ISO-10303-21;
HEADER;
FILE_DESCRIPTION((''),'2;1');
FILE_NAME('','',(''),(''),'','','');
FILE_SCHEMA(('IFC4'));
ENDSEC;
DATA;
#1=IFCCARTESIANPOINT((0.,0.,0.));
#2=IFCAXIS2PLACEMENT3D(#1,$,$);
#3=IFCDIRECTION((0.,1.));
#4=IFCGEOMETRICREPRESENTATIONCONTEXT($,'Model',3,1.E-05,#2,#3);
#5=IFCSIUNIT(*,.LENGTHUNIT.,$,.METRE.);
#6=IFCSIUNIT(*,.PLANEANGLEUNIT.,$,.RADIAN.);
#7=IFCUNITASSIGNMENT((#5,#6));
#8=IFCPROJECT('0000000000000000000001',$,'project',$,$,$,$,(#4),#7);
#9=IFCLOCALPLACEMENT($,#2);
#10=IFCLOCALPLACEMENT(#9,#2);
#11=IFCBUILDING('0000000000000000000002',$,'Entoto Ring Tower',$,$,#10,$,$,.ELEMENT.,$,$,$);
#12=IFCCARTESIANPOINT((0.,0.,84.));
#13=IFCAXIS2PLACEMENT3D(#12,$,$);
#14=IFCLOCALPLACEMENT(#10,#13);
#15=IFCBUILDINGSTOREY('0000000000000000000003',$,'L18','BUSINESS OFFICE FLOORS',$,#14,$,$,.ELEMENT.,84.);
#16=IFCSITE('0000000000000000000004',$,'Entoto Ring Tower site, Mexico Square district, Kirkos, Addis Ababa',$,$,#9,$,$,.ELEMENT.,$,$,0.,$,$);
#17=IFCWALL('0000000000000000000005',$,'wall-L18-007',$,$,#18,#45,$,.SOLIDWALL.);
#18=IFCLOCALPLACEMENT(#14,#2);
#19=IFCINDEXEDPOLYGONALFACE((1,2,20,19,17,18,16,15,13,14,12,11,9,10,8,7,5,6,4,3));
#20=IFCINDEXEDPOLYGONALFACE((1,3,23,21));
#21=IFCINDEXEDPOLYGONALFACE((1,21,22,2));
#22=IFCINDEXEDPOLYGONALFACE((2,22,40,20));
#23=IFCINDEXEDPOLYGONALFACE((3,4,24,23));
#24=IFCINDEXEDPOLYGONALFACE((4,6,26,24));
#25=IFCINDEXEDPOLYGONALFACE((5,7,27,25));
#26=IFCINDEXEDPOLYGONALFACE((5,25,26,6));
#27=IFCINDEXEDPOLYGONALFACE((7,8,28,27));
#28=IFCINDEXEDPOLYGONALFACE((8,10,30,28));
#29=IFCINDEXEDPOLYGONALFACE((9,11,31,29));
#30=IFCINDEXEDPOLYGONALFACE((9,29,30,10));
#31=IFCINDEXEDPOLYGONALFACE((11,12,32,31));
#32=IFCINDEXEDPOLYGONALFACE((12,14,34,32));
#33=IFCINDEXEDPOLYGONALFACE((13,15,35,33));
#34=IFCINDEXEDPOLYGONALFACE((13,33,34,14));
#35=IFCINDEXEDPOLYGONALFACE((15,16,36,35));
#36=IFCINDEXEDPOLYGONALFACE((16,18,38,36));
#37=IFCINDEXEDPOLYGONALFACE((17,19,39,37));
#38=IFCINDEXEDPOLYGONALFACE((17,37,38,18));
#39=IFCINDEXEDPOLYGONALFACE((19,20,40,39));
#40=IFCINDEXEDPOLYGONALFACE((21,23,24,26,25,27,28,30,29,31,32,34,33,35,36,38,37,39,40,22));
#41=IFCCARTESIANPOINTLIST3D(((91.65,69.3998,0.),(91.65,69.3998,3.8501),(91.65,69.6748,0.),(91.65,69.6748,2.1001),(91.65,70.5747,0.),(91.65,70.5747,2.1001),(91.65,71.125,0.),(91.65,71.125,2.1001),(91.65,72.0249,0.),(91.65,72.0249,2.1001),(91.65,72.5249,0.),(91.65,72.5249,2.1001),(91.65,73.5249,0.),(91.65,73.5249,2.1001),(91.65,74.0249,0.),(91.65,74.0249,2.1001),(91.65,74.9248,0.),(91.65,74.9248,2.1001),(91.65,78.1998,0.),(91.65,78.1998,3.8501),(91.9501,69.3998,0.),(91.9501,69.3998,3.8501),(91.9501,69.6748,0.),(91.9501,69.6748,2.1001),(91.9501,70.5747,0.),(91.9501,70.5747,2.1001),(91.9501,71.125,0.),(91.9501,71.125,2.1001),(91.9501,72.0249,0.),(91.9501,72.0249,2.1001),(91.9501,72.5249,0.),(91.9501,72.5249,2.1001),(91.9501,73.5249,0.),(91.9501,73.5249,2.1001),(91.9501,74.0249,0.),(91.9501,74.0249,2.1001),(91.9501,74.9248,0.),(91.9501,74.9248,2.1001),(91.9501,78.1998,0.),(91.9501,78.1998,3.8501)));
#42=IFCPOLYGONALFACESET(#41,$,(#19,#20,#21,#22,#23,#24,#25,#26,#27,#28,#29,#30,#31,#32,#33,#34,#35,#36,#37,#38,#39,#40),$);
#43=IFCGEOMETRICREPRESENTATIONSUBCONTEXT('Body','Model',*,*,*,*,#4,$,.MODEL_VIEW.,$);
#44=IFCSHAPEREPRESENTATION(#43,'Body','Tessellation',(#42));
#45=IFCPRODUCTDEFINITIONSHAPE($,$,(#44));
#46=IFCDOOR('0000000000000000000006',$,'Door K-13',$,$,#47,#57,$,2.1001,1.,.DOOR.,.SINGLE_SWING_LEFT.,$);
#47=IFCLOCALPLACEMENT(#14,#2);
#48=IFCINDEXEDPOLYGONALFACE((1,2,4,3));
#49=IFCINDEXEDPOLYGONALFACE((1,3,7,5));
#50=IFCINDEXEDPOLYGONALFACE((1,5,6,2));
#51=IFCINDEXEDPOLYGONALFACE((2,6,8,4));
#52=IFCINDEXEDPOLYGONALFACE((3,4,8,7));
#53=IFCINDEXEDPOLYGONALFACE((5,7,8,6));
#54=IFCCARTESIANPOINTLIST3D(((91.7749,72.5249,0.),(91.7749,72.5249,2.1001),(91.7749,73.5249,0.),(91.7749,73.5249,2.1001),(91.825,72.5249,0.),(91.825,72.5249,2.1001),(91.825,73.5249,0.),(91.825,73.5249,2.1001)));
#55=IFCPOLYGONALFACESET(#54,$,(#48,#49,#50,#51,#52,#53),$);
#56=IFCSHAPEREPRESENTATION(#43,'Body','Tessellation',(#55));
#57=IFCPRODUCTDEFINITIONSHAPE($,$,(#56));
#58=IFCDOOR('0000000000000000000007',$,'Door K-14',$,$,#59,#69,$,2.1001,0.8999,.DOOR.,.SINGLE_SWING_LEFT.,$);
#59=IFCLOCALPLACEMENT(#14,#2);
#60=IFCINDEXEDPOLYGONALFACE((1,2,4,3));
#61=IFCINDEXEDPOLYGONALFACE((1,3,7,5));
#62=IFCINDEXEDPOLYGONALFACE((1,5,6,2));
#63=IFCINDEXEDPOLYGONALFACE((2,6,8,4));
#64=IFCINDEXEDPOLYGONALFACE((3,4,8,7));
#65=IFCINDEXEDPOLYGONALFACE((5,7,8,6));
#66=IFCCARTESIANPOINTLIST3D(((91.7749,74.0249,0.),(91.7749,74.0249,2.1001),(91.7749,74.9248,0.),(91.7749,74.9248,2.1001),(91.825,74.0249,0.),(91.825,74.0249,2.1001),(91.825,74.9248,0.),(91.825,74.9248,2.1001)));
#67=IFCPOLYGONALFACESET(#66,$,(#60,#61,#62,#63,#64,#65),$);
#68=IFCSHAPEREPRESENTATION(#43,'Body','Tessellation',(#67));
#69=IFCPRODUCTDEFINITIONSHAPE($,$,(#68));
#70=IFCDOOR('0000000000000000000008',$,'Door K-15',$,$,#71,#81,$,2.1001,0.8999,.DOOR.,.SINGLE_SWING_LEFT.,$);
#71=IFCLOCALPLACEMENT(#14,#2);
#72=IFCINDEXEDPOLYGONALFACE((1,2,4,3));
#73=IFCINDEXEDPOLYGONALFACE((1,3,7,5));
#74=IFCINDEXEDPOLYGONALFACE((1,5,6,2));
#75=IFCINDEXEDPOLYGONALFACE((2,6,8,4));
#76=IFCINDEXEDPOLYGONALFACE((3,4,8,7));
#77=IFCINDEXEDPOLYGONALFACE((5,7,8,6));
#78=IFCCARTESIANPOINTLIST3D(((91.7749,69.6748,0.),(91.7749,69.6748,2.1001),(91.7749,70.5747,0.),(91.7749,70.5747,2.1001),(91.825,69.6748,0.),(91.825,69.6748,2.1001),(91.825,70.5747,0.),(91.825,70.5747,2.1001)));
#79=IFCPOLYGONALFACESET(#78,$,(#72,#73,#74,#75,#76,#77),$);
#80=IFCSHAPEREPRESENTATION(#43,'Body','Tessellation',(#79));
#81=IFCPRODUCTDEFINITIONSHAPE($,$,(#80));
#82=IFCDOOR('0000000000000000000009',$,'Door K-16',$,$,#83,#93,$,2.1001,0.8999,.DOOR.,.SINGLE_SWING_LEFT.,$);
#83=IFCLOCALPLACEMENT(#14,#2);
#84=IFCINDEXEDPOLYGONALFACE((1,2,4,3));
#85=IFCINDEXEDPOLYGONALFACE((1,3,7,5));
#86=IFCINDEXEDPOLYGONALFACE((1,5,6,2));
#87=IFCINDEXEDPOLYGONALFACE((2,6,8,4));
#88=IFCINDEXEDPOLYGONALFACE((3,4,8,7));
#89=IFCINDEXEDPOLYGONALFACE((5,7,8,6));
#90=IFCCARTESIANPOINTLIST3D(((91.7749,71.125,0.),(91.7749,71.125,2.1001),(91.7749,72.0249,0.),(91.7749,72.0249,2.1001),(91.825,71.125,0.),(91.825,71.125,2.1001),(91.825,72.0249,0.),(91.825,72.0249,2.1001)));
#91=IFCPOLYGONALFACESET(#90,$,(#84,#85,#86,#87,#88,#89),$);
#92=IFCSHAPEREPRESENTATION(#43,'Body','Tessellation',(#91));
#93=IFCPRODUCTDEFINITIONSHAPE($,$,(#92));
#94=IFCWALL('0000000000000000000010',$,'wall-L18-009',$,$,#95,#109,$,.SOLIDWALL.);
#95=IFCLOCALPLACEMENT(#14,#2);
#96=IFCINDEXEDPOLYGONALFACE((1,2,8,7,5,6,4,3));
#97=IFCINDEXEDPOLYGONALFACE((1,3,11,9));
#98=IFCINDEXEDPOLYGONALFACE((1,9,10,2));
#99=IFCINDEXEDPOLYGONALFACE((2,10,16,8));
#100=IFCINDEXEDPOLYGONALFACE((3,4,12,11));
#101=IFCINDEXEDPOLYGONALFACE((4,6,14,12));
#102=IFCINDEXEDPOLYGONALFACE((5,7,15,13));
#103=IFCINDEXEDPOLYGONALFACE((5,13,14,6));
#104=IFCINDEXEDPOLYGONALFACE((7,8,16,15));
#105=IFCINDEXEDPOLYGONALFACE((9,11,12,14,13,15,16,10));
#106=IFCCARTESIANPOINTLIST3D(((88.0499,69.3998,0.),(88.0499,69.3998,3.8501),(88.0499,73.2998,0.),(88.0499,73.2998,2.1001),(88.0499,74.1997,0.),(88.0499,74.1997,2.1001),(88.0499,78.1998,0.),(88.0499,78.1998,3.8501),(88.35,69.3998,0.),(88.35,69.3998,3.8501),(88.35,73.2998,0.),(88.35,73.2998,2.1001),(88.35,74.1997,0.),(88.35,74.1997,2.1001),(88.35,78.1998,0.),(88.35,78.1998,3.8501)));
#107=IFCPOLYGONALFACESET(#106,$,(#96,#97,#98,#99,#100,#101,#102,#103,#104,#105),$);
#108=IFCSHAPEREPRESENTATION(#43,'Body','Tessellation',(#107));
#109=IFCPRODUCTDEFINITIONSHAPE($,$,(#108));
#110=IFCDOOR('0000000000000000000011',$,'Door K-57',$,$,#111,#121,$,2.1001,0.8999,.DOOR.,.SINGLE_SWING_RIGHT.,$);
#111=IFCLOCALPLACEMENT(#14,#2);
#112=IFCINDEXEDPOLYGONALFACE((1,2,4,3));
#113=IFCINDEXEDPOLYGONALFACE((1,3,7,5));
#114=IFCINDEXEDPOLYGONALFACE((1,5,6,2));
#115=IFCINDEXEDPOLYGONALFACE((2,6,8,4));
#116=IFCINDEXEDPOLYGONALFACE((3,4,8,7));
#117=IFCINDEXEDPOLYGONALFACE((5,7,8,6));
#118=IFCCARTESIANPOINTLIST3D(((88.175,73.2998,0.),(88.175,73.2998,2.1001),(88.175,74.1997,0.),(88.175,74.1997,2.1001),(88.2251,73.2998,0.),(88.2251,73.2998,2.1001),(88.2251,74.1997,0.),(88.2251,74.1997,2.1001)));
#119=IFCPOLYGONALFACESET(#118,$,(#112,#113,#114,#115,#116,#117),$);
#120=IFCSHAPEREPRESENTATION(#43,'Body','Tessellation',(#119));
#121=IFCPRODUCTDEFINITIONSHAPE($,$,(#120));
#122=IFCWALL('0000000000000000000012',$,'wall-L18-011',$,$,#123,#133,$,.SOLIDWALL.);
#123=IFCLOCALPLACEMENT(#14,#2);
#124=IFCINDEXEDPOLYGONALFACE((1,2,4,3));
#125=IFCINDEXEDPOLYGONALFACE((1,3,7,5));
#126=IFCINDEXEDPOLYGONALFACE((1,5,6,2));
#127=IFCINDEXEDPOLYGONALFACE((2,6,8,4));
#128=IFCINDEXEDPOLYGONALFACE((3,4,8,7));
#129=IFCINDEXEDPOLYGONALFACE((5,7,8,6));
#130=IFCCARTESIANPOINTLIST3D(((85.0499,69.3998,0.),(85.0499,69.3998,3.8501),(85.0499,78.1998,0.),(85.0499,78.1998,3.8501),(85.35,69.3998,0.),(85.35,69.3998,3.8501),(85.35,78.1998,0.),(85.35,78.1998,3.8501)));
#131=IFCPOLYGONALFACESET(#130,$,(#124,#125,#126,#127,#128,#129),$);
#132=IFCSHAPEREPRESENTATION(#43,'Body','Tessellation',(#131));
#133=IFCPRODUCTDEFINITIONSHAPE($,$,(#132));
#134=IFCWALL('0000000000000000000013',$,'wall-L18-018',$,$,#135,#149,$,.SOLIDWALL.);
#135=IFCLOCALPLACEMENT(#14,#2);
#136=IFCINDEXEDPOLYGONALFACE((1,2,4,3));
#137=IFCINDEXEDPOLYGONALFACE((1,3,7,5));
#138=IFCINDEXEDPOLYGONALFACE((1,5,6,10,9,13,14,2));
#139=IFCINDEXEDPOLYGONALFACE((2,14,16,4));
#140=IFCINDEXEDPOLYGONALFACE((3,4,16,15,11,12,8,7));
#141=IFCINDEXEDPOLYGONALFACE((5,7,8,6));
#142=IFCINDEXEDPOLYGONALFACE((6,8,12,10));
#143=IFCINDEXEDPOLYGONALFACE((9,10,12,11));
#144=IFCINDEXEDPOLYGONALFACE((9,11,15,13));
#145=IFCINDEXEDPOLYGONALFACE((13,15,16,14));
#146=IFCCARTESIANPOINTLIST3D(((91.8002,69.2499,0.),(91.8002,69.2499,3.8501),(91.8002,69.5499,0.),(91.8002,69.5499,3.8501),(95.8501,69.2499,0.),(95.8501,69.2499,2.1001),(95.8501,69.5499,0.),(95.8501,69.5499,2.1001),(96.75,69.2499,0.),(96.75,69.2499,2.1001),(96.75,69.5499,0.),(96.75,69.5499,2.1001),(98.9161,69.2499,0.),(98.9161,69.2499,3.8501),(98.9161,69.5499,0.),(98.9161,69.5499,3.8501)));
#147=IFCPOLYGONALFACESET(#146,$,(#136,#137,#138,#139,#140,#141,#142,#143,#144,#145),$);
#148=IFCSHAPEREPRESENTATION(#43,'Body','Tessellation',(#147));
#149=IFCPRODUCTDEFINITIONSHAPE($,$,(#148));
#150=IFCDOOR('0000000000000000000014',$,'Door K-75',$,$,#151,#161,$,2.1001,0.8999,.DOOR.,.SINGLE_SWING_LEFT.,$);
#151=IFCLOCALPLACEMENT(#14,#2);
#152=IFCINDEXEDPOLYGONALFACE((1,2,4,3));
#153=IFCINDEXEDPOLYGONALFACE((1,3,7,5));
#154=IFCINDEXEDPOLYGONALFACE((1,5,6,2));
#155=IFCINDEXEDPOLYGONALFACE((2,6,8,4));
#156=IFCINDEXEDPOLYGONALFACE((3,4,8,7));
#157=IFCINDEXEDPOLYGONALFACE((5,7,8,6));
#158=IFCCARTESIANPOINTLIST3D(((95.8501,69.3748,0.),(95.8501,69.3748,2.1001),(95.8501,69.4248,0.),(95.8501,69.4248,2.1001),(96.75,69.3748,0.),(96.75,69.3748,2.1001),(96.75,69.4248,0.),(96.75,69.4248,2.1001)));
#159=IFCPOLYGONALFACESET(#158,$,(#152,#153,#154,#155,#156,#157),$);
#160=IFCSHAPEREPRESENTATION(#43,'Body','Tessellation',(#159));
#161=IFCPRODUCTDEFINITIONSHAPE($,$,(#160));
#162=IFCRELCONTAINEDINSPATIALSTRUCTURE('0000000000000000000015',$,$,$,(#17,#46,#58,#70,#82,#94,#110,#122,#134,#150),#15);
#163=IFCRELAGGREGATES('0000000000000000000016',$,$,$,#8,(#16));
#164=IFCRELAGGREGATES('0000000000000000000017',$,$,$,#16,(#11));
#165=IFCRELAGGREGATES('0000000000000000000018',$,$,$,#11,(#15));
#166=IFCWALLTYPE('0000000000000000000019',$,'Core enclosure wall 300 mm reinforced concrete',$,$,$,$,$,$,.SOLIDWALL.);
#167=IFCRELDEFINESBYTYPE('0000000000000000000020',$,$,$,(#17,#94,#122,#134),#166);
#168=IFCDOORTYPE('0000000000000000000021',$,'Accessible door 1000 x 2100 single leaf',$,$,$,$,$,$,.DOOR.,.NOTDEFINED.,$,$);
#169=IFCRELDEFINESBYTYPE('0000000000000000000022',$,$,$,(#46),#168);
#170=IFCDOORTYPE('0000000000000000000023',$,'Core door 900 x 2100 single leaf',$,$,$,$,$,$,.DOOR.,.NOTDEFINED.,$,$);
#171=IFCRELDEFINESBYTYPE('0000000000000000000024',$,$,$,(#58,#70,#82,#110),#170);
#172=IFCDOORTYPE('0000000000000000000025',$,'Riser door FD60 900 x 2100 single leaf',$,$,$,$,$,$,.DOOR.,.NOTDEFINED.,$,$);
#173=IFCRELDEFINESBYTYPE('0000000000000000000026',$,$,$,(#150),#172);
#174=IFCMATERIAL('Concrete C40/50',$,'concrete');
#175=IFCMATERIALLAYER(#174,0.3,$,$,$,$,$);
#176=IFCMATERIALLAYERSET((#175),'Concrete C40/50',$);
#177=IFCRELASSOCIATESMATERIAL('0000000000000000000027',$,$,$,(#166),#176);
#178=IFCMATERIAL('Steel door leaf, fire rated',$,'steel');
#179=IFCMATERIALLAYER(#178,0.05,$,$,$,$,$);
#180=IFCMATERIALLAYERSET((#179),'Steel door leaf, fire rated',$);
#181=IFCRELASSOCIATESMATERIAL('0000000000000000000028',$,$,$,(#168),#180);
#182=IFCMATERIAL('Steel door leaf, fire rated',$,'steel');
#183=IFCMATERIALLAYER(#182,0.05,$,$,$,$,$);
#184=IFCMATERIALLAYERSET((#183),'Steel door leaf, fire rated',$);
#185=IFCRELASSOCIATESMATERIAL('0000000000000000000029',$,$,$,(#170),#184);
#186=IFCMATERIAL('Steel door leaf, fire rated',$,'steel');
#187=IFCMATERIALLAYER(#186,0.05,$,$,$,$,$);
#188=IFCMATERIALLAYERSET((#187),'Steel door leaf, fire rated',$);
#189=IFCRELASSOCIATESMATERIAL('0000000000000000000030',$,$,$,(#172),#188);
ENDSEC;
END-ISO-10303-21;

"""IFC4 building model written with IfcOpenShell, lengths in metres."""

from ifc_helpers import new_model, si_unit, direction, frame, frame_2d, origin, place, context, subcontext, project, spatial, rectangle, extrude, material, layer, layer_set, type_object, element, fill, save


model = new_model("IFC4")

# Units and contexts
model_context = context("Model", 3, precision=1e-05, world=origin(), true_north=direction((0.0, 1.0)))
body_context = subcontext(model_context, "Body", "Model", "MODEL_VIEW")
ifc_project = project(units=[si_unit("LENGTHUNIT", "METRE"), si_unit("PLANEANGLEUNIT", "RADIAN")], contexts=[model_context])

# Site, building, storey
site_placement = place(None, origin())
site = spatial("IfcSite", under=ifc_project, at=site_placement, Name="Entoto Ring Tower site, Mexico Square district, Kirkos, Addis Ababa", CompositionType="ELEMENT", RefElevation=0.0)
building_placement = place(site_placement, origin())
building = spatial("IfcBuilding", under=site, at=building_placement, Name="Entoto Ring Tower", CompositionType="ELEMENT")
storey_placement = place(building_placement, frame((0.0, 0.0, 84.0)))
storey = spatial("IfcBuildingStorey", under=building, at=storey_placement, Name="L18", Description="BUSINESS OFFICE FLOORS", CompositionType="ELEMENT", Elevation=84.0)

# Shared definitions
ifc_material_1 = material(Name="Concrete C40/50", Category="concrete")
ifc_layer_1 = layer(ifc_material_1, 0.3)
ifc_layer_set_1 = layer_set([ifc_layer_1], Name="Concrete C40/50")
wall_type_1 = type_object("IfcWallType", Name="Core enclosure wall 300 mm reinforced concrete", PredefinedType="SOLIDWALL", material=ifc_layer_set_1)

# Wall, openings, doors
wall_1_placement = place(storey_placement, frame((91.8, 69.3999, 0.0), z_axis=(0.0, 0.0, 1.0), x_axis=(0.0, 1.0, 0.0)))
wall_1 = element("IfcWall", 1, at=wall_1_placement, inside=storey, type_object=wall_type_1, Name="wall-L18-007", PredefinedType="SOLIDWALL", context=body_context, shape_type="SweptSolid", body=[
    extrude(rectangle(XDim=8.8, YDim=0.3, at=frame_2d((4.3999, 0.0))), origin(), (0.0, 0.0, 1.0), 3.8501),
])
opening_1_placement = place(wall_1_placement, frame((3.125, 0.0, 0.0)))
opening_1 = element("IfcOpeningElement", 2, at=opening_1_placement, cuts=wall_1, PredefinedType="OPENING", context=body_context, shape_type="SweptSolid", body=[
    extrude(rectangle(XDim=1.0, YDim=2.1001, at=frame_2d((0.5, 1.05))), frame((0.0, 0.1602, 0.0), z_axis=(0.0, -1.0, 0.0), x_axis=(1.0, 0.0, 0.0)), (0.0, 0.0, 1.0), 0.3201),
])
opening_2_placement = place(wall_1_placement, frame((4.625, 0.0, 0.0)))
opening_2 = element("IfcOpeningElement", 3, at=opening_2_placement, cuts=wall_1, PredefinedType="OPENING", context=body_context, shape_type="SweptSolid", body=[
    extrude(rectangle(XDim=0.8999, YDim=2.1001, at=frame_2d((0.45, 1.05))), frame((0.0, 0.1602, 0.0), z_axis=(0.0, -1.0, 0.0), x_axis=(1.0, 0.0, 0.0)), (0.0, 0.0, 1.0), 0.3201),
])
opening_3_placement = place(wall_1_placement, frame((0.2749, 0.0, 0.0)))
opening_3 = element("IfcOpeningElement", 4, at=opening_3_placement, cuts=wall_1, PredefinedType="OPENING", context=body_context, shape_type="SweptSolid", body=[
    extrude(rectangle(XDim=0.8999, YDim=2.1001, at=frame_2d((0.45, 1.05))), frame((0.0, 0.1602, 0.0), z_axis=(0.0, -1.0, 0.0), x_axis=(1.0, 0.0, 0.0)), (0.0, 0.0, 1.0), 0.3201),
])
opening_4_placement = place(wall_1_placement, frame((1.7251, 0.0, 0.0)))
opening_4 = element("IfcOpeningElement", 5, at=opening_4_placement, cuts=wall_1, PredefinedType="OPENING", context=body_context, shape_type="SweptSolid", body=[
    extrude(rectangle(XDim=0.8999, YDim=2.1001, at=frame_2d((0.45, 1.05))), frame((0.0, 0.1602, 0.0), z_axis=(0.0, -1.0, 0.0), x_axis=(1.0, 0.0, 0.0)), (0.0, 0.0, 1.0), 0.3201),
])
ifc_material_2 = material(Name="Steel door leaf, fire rated", Category="steel")
ifc_layer_2 = layer(ifc_material_2, 0.05)
ifc_layer_set_2 = layer_set([ifc_layer_2], Name="Steel door leaf, fire rated")
door_type_1 = type_object("IfcDoorType", Name="Accessible door 1000 x 2100 single leaf", OperationType="NOTDEFINED", PredefinedType="DOOR", material=ifc_layer_set_2)
door_1_placement = place(opening_1_placement, frame((1.0, 0.0, 0.0), z_axis=(0.0, 0.0, 1.0), x_axis=(-1.0, 0.0, 0.0)))
door_1 = element("IfcDoor", 6, at=door_1_placement, inside=storey, type_object=door_type_1, Name="Door K-13", OperationType="SINGLE_SWING_LEFT", OverallHeight=2.1001, OverallWidth=1.0, PredefinedType="DOOR", context=body_context, shape_type="SweptSolid", body=[
    extrude(rectangle(XDim=1.0, YDim=2.1001, at=frame_2d((0.5, 1.05))), frame((0.0, 0.0249, 0.0), z_axis=(0.0, -1.0, 0.0), x_axis=(1.0, 0.0, 0.0)), (0.0, 0.0, 1.0), 0.05),
])
fill(opening_1, door_1)
ifc_material_3 = material(Name="Steel door leaf, fire rated", Category="steel")
ifc_layer_3 = layer(ifc_material_3, 0.05)
ifc_layer_set_3 = layer_set([ifc_layer_3], Name="Steel door leaf, fire rated")
door_type_2 = type_object("IfcDoorType", Name="Core door 900 x 2100 single leaf", OperationType="NOTDEFINED", PredefinedType="DOOR", material=ifc_layer_set_3)
door_2_placement = place(opening_2_placement, frame((0.8999, 0.0, 0.0), z_axis=(0.0, 0.0, 1.0), x_axis=(-1.0, 0.0, 0.0)))
door_2 = element("IfcDoor", 7, at=door_2_placement, inside=storey, type_object=door_type_2, Name="Door K-14", OperationType="SINGLE_SWING_LEFT", OverallHeight=2.1001, OverallWidth=0.8999, PredefinedType="DOOR", context=body_context, shape_type="SweptSolid", body=[
    extrude(rectangle(XDim=0.8999, YDim=2.1001, at=frame_2d((0.45, 1.05))), frame((0.0, 0.0249, 0.0), z_axis=(0.0, -1.0, 0.0), x_axis=(1.0, 0.0, 0.0)), (0.0, 0.0, 1.0), 0.05),
])
fill(opening_2, door_2)
door_3_placement = place(opening_3_placement, frame((0.8999, 0.0, 0.0), z_axis=(0.0, 0.0, 1.0), x_axis=(-1.0, 0.0, 0.0)))
door_3 = element("IfcDoor", 8, at=door_3_placement, inside=storey, type_object=door_type_2, Name="Door K-15", OperationType="SINGLE_SWING_LEFT", OverallHeight=2.1001, OverallWidth=0.8999, PredefinedType="DOOR", context=body_context, shape_type="SweptSolid", body=[
    extrude(rectangle(XDim=0.8999, YDim=2.1001, at=frame_2d((0.45, 1.05))), frame((0.0, 0.0249, 0.0), z_axis=(0.0, -1.0, 0.0), x_axis=(1.0, 0.0, 0.0)), (0.0, 0.0, 1.0), 0.05),
])
fill(opening_3, door_3)
door_4_placement = place(opening_4_placement, frame((0.8999, 0.0, 0.0), z_axis=(0.0, 0.0, 1.0), x_axis=(-1.0, 0.0, 0.0)))
door_4 = element("IfcDoor", 9, at=door_4_placement, inside=storey, type_object=door_type_2, Name="Door K-16", OperationType="SINGLE_SWING_LEFT", OverallHeight=2.1001, OverallWidth=0.8999, PredefinedType="DOOR", context=body_context, shape_type="SweptSolid", body=[
    extrude(rectangle(XDim=0.8999, YDim=2.1001, at=frame_2d((0.45, 1.05))), frame((0.0, 0.0249, 0.0), z_axis=(0.0, -1.0, 0.0), x_axis=(1.0, 0.0, 0.0)), (0.0, 0.0, 1.0), 0.05),
])
fill(opening_4, door_4)

# Wall, opening, door
wall_2_placement = place(storey_placement, frame((88.2, 69.3999, 0.0), z_axis=(0.0, 0.0, 1.0), x_axis=(0.0, 1.0, 0.0)))
wall_2 = element("IfcWall", 10, at=wall_2_placement, inside=storey, type_object=wall_type_1, Name="wall-L18-009", PredefinedType="SOLIDWALL", context=body_context, shape_type="SweptSolid", body=[
    extrude(rectangle(XDim=8.8, YDim=0.3, at=frame_2d((4.3999, 0.0))), origin(), (0.0, 0.0, 1.0), 3.8501),
])
opening_5_placement = place(wall_2_placement, frame((3.8999, 0.0, 0.0)))
opening_5 = element("IfcOpeningElement", 11, at=opening_5_placement, cuts=wall_2, PredefinedType="OPENING", context=body_context, shape_type="SweptSolid", body=[
    extrude(rectangle(XDim=0.8999, YDim=2.1001, at=frame_2d((0.45, 1.05))), frame((0.0, 0.1602, 0.0), z_axis=(0.0, -1.0, 0.0), x_axis=(1.0, 0.0, 0.0)), (0.0, 0.0, 1.0), 0.3201),
])
door_5_placement = place(opening_5_placement, origin())
door_5 = element("IfcDoor", 12, at=door_5_placement, inside=storey, type_object=door_type_2, Name="Door K-57", OperationType="SINGLE_SWING_RIGHT", OverallHeight=2.1001, OverallWidth=0.8999, PredefinedType="DOOR", context=body_context, shape_type="SweptSolid", body=[
    extrude(rectangle(XDim=0.8999, YDim=2.1001, at=frame_2d((0.45, 1.05))), frame((0.0, 0.0249, 0.0), z_axis=(0.0, -1.0, 0.0), x_axis=(1.0, 0.0, 0.0)), (0.0, 0.0, 1.0), 0.05),
])
fill(opening_5, door_5)

# Wall
wall_3_placement = place(storey_placement, frame((85.2, 69.3999, 0.0), z_axis=(0.0, 0.0, 1.0), x_axis=(0.0, 1.0, 0.0)))
element("IfcWall", 13, at=wall_3_placement, inside=storey, type_object=wall_type_1, Name="wall-L18-011", PredefinedType="SOLIDWALL", context=body_context, shape_type="SweptSolid", body=[
    extrude(rectangle(XDim=8.8, YDim=0.3, at=frame_2d((4.3999, 0.0))), origin(), (0.0, 0.0, 1.0), 3.8501),
])

# Wall, opening, door
wall_4_placement = place(storey_placement, frame((91.8, 69.3999, 0.0), z_axis=(0.0, 0.0, 1.0), x_axis=(1.0, 0.0, 0.0)))
wall_4 = element("IfcWall", 14, at=wall_4_placement, inside=storey, type_object=wall_type_1, Name="wall-L18-018", PredefinedType="SOLIDWALL", context=body_context, shape_type="SweptSolid", body=[
    extrude(rectangle(XDim=7.116, YDim=0.3, at=frame_2d((3.5581, 0.0))), origin(), (0.0, 0.0, 1.0), 3.8501),
])
opening_6_placement = place(wall_4_placement, frame((4.05, 0.0, 0.0)))
opening_6 = element("IfcOpeningElement", 15, at=opening_6_placement, cuts=wall_4, PredefinedType="OPENING", context=body_context, shape_type="SweptSolid", body=[
    extrude(rectangle(XDim=0.8999, YDim=2.1001, at=frame_2d((0.45, 1.05))), frame((0.0, 0.1602, 0.0), z_axis=(0.0, -1.0, 0.0), x_axis=(1.0, 0.0, 0.0)), (0.0, 0.0, 1.0), 0.3201),
])
ifc_material_4 = material(Name="Steel door leaf, fire rated", Category="steel")
ifc_layer_4 = layer(ifc_material_4, 0.05)
ifc_layer_set_4 = layer_set([ifc_layer_4], Name="Steel door leaf, fire rated")
door_type_3 = type_object("IfcDoorType", Name="Riser door FD60 900 x 2100 single leaf", OperationType="NOTDEFINED", PredefinedType="DOOR", material=ifc_layer_set_4)
door_6_placement = place(opening_6_placement, origin())
door_6 = element("IfcDoor", 16, at=door_6_placement, inside=storey, type_object=door_type_3, Name="Door K-75", OperationType="SINGLE_SWING_LEFT", OverallHeight=2.1001, OverallWidth=0.8999, PredefinedType="DOOR", context=body_context, shape_type="SweptSolid", body=[
    extrude(rectangle(XDim=0.8999, YDim=2.1001, at=frame_2d((0.45, 1.05))), frame((0.0, 0.0249, 0.0), z_axis=(0.0, -1.0, 0.0), x_axis=(1.0, 0.0, 0.0)), (0.0, 0.0, 1.0), 0.05),
])
fill(opening_6, door_6)

save(model, "model.ifc")
